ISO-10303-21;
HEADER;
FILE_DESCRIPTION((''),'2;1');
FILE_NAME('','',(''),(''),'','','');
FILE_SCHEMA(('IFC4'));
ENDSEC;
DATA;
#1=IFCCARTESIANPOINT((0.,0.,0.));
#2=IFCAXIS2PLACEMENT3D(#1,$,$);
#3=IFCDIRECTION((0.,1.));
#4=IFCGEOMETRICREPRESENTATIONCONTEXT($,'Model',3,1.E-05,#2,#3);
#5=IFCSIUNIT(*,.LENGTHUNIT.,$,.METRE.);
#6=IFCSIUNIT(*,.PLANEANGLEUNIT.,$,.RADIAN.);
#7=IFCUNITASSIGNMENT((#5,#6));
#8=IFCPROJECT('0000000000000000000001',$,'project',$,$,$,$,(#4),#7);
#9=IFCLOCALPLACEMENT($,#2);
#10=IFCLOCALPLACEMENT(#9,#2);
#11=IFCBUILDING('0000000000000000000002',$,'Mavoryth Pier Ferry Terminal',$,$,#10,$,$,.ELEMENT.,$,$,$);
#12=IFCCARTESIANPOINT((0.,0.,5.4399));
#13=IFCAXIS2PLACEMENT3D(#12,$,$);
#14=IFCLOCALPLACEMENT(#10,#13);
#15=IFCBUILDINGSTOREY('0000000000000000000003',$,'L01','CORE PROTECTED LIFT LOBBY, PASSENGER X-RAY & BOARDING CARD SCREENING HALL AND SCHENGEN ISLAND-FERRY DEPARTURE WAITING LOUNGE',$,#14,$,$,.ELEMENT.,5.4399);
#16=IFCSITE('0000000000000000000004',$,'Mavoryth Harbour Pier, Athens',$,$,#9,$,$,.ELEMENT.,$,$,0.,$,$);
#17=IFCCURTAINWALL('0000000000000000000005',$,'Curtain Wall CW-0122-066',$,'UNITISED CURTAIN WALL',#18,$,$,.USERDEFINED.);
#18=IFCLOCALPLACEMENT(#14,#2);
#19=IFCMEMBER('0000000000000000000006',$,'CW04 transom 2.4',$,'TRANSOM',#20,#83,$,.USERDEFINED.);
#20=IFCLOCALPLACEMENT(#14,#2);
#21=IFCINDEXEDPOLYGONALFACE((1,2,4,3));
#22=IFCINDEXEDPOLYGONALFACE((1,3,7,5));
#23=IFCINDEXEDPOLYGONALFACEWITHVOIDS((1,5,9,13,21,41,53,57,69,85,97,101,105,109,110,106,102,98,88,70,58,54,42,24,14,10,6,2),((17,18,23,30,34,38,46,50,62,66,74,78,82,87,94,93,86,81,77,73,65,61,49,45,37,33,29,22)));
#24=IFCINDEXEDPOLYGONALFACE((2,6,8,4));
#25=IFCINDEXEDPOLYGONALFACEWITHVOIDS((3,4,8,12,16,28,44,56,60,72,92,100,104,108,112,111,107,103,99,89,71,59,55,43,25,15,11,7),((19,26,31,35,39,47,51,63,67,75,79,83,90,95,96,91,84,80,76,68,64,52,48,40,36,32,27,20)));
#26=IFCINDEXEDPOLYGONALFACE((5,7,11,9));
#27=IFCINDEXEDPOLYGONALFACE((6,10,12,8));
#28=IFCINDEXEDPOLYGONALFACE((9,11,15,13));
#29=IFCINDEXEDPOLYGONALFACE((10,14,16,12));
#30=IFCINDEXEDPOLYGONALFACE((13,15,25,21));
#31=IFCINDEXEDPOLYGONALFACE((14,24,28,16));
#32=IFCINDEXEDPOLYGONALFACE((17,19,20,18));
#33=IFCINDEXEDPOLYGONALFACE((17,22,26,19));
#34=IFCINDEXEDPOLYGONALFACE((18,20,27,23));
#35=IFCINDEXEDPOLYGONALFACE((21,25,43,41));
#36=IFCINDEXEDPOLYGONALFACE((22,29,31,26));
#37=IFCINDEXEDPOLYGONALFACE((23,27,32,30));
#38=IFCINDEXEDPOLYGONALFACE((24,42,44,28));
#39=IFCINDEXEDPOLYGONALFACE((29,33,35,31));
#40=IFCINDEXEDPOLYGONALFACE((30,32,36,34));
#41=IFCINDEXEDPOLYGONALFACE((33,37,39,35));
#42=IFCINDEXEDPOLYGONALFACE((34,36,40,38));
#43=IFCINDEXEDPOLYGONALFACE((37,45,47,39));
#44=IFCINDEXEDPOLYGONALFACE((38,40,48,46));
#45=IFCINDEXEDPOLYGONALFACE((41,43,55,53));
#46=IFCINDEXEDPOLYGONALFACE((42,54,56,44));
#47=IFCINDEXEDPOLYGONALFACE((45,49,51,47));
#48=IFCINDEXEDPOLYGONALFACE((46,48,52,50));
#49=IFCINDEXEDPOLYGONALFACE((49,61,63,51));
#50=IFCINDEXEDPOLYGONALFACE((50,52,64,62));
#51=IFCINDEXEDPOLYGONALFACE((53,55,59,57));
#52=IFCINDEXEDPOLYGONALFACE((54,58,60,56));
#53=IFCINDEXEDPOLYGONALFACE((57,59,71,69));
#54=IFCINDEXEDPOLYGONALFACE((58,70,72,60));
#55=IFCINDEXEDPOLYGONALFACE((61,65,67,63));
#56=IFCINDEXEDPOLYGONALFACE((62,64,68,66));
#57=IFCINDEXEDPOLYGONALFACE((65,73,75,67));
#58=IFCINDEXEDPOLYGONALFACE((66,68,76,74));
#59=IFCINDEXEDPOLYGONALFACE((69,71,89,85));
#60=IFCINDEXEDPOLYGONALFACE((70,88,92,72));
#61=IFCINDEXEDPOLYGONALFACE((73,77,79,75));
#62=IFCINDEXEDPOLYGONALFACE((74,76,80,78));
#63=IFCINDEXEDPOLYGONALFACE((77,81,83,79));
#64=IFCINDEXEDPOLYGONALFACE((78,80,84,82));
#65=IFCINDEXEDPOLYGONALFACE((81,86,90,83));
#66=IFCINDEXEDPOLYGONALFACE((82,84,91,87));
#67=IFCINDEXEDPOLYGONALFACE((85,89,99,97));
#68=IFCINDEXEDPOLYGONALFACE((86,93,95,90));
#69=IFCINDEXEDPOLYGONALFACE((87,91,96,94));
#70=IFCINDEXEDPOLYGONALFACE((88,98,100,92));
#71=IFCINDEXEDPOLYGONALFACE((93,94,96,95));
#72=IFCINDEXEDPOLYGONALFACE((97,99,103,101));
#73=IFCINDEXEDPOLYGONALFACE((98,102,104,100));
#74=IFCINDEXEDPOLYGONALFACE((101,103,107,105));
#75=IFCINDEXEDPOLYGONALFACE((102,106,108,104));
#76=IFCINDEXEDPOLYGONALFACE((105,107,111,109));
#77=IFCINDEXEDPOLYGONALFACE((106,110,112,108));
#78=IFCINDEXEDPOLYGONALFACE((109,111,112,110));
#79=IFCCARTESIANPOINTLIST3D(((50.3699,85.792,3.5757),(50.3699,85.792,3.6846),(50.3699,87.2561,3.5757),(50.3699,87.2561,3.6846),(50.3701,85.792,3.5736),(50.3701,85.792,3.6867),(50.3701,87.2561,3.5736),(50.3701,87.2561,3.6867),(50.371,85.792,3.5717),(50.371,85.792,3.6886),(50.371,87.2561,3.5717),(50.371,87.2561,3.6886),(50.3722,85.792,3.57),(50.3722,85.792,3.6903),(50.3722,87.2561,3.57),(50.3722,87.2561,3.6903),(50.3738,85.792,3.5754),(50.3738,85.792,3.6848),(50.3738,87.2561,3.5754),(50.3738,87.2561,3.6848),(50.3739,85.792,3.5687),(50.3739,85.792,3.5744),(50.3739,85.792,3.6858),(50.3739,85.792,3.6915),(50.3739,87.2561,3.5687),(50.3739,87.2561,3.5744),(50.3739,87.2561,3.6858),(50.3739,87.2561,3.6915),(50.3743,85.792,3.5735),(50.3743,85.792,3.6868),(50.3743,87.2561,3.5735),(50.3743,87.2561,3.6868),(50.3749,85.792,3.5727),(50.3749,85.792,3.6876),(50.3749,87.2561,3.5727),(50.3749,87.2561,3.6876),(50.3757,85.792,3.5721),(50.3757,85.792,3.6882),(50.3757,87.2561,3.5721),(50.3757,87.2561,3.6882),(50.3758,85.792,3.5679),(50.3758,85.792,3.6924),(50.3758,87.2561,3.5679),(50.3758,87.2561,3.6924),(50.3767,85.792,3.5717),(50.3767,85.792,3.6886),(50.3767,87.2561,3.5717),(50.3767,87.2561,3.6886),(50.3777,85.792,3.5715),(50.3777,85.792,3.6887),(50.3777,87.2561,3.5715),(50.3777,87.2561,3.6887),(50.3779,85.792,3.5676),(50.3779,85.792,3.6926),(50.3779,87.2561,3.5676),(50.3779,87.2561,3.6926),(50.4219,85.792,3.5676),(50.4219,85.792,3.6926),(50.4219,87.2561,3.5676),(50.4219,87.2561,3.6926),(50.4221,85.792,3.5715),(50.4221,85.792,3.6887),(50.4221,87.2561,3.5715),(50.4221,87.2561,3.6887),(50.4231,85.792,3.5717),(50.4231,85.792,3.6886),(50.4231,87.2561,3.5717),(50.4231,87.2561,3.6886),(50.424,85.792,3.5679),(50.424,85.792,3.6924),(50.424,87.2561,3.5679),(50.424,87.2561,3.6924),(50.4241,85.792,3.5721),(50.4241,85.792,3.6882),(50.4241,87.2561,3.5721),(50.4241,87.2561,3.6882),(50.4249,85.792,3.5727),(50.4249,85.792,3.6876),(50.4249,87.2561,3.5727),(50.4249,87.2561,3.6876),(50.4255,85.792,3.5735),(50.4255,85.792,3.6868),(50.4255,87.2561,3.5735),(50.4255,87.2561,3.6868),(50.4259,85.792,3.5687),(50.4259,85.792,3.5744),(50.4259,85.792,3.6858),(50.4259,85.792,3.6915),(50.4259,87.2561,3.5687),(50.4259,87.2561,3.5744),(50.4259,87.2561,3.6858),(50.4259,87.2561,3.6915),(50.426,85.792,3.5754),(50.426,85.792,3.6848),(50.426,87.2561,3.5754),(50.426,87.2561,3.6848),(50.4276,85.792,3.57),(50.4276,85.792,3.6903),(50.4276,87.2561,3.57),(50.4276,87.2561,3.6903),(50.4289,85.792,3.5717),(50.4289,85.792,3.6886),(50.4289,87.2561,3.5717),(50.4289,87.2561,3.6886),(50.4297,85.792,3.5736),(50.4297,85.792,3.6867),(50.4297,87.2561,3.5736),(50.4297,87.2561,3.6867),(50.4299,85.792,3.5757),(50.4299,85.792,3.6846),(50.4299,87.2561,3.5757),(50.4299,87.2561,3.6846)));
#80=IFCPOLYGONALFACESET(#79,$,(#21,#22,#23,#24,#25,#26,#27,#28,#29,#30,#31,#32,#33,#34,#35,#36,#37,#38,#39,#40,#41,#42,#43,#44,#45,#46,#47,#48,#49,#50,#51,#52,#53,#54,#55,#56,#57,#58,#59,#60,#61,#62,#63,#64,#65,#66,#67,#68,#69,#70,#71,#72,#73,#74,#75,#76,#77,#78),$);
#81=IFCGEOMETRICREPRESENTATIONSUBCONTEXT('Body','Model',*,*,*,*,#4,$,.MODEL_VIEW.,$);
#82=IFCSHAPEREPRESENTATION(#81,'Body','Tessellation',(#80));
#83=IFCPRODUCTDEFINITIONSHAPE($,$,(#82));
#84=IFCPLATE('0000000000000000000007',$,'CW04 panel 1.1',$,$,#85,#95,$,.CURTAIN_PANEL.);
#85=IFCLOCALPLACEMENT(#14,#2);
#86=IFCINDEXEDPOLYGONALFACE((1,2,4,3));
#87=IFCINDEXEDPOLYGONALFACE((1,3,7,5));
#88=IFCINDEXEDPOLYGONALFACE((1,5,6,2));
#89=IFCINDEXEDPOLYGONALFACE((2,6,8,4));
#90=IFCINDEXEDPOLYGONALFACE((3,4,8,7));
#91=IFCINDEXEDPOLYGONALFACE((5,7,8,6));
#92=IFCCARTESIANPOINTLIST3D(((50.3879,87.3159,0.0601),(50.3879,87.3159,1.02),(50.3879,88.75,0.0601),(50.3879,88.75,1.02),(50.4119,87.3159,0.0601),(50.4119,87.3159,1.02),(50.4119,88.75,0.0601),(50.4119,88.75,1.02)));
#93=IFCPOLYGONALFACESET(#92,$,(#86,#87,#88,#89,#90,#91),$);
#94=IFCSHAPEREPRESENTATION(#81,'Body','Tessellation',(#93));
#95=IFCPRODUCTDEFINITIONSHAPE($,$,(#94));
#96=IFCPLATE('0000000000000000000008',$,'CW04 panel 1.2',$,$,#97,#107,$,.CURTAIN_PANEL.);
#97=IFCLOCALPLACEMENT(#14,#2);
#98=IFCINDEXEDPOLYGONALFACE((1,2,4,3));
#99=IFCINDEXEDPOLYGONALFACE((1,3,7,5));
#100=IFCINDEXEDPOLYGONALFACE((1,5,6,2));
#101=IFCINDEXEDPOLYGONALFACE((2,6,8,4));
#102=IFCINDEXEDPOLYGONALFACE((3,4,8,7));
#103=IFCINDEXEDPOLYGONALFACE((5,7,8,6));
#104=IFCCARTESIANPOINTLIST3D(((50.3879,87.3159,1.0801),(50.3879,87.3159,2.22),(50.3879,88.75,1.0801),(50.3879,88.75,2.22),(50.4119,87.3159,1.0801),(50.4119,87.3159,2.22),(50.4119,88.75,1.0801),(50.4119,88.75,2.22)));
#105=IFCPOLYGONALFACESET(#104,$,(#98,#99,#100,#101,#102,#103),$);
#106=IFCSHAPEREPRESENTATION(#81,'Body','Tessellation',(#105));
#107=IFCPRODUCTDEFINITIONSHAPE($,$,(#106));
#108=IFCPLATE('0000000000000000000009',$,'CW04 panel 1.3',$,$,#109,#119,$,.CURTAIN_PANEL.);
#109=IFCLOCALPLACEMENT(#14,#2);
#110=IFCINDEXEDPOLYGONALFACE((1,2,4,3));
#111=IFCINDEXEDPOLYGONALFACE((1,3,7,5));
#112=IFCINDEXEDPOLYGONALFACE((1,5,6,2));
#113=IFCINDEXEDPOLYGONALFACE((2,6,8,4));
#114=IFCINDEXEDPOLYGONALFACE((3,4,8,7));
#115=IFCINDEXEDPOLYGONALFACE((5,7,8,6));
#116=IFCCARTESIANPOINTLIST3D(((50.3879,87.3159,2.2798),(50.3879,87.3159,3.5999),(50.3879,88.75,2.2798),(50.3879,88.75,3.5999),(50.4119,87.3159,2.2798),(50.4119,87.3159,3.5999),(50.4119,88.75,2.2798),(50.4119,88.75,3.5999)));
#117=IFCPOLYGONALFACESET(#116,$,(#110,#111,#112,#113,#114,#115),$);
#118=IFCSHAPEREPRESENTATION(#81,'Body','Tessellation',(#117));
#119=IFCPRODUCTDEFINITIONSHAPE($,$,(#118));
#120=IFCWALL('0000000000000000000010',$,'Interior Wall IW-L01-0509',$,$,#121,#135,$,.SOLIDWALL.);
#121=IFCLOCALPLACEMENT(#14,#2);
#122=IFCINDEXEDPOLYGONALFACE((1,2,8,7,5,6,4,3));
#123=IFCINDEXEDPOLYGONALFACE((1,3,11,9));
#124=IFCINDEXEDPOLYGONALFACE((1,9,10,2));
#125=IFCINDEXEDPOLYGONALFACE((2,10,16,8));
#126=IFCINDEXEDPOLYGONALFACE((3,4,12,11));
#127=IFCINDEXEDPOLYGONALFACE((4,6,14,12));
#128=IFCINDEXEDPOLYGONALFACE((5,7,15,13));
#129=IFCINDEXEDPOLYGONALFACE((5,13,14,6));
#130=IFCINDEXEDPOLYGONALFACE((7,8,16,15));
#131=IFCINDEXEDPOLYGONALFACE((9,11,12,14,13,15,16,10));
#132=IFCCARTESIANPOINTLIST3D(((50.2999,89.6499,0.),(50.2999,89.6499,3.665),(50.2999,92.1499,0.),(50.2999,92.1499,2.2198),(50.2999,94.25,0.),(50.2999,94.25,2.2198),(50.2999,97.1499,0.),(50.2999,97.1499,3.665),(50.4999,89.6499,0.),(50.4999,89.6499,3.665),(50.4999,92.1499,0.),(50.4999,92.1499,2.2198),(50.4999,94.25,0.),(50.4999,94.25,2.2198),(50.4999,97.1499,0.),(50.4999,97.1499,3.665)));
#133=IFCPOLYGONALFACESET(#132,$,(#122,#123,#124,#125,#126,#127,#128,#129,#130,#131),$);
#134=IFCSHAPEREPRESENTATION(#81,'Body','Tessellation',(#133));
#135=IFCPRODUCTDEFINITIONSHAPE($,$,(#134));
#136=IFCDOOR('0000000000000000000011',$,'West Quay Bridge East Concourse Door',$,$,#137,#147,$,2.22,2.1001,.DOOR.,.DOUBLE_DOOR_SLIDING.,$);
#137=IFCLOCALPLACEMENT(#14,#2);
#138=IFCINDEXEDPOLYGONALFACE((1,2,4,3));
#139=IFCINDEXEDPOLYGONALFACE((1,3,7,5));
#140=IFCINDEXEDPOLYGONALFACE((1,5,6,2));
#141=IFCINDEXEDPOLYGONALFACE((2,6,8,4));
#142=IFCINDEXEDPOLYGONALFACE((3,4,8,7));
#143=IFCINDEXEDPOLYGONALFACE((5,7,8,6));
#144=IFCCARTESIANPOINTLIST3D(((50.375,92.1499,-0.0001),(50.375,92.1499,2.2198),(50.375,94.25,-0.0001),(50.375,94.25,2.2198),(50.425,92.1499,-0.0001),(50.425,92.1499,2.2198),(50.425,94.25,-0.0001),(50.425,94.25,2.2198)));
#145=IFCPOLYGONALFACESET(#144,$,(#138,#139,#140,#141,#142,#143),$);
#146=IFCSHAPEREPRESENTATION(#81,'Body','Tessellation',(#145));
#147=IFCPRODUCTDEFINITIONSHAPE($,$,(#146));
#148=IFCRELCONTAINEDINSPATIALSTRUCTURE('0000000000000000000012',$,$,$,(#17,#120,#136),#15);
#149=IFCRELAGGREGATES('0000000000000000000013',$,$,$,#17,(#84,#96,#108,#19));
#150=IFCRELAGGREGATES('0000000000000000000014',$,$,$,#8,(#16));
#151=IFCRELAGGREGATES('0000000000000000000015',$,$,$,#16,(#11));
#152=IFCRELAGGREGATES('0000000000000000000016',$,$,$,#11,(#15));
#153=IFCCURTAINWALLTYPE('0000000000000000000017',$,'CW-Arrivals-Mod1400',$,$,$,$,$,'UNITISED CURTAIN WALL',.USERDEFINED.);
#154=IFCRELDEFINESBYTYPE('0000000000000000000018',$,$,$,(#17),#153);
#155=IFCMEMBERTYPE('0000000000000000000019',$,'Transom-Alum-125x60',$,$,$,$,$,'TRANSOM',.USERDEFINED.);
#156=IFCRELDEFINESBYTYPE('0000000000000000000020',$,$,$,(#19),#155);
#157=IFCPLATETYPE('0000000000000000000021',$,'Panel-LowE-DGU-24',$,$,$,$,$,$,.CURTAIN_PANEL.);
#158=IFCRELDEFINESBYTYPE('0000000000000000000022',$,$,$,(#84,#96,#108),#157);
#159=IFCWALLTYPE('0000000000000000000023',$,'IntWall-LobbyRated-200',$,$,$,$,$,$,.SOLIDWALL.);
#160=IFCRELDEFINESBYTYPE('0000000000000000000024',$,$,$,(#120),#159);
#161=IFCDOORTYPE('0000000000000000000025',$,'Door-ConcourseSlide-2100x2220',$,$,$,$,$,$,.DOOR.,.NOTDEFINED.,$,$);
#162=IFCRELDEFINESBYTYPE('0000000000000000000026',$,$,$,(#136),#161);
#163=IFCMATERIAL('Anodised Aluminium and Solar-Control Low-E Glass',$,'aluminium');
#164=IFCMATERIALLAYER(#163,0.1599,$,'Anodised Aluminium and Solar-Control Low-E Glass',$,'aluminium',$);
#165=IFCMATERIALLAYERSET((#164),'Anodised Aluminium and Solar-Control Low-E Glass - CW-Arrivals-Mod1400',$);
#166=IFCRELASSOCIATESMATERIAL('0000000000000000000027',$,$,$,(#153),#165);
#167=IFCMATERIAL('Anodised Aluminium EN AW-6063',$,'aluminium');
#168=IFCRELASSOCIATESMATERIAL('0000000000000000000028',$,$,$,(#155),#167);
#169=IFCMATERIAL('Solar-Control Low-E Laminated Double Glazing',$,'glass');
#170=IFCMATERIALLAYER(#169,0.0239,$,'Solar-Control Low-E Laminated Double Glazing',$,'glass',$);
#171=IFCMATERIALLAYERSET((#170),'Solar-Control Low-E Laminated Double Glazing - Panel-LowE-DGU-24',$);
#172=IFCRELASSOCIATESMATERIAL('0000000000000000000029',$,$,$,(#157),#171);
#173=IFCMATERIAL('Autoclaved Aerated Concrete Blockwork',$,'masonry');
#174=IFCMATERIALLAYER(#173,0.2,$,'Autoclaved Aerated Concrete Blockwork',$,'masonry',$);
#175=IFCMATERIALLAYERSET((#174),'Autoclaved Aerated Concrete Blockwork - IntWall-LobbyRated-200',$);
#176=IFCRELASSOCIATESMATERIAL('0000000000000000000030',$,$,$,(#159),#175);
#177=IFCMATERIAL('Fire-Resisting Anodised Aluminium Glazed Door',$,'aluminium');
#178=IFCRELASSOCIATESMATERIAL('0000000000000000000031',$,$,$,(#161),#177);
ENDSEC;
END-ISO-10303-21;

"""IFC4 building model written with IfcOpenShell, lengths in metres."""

from ifc_helpers import new_model, si_unit, direction, frame, frame_2d, origin, origin_2d, place, context, subcontext, project, spatial, rectangle, hollow_rectangle, extrude, material, layer, layer_set, material_profile, profile_set, type_object, element, fill, aggregate, save


model = new_model("IFC4")

# Units and contexts
model_context = context("Model", 3, precision=1e-05, world=origin(), true_north=direction((0.0, 1.0)))
body_context = subcontext(model_context, "Body", "Model", "MODEL_VIEW")
ifc_project = project(units=[si_unit("LENGTHUNIT", "METRE"), si_unit("PLANEANGLEUNIT", "RADIAN")], contexts=[model_context])

# Site, building, storey
site_placement = place(None, origin())
site = spatial("IfcSite", under=ifc_project, at=site_placement, Name="Mavoryth Harbour Pier, Athens", CompositionType="ELEMENT", RefElevation=0.0)
building_placement = place(site_placement, origin())
building = spatial("IfcBuilding", under=site, at=building_placement, Name="Mavoryth Pier Ferry Terminal", CompositionType="ELEMENT")
storey_placement = place(building_placement, frame((0.0, 0.0, 5.4399)))
storey = spatial("IfcBuildingStorey", under=building, at=storey_placement, Name="L01", Description="CORE PROTECTED LIFT LOBBY, PASSENGER X-RAY & BOARDING CARD SCREENING HALL AND SCHENGEN ISLAND-FERRY DEPARTURE WAITING LOUNGE", CompositionType="ELEMENT", Elevation=5.4399)

# Curtain wall
ifc_material_1 = material(Name="Anodised Aluminium and Solar-Control Low-E Glass", Category="aluminium")
ifc_layer_1 = layer(ifc_material_1, 0.1599, Name="Anodised Aluminium and Solar-Control Low-E Glass", Category="aluminium")
ifc_layer_set_1 = layer_set([ifc_layer_1], Name="Anodised Aluminium and Solar-Control Low-E Glass - CW-Arrivals-Mod1400")
curtain_wall_type = type_object("IfcCurtainWallType", Name="CW-Arrivals-Mod1400", ElementType="UNITISED CURTAIN WALL", PredefinedType="USERDEFINED", material=ifc_layer_set_1)
curtain_wall_placement = place(storey_placement, origin())
curtain_wall = element("IfcCurtainWall", 1, at=curtain_wall_placement, inside=storey, type_object=curtain_wall_type, Name="Curtain Wall CW-0122-066", ObjectType="UNITISED CURTAIN WALL", PredefinedType="USERDEFINED")
ifc_material_2 = material(Name="Anodised Aluminium EN AW-6063", Category="aluminium")

# Member
ifc_material_profile_1 = material_profile(ifc_material_2, hollow_rectangle(XDim=0.0601, YDim=0.125, WallThickness=0.0039, InnerFilletRadius=0.0039, OuterFilletRadius=0.0081, at=origin_2d()), Name="AL-TRAN 125x60x4", Category="aluminium")
ifc_profile_set_1 = profile_set([ifc_material_profile_1], Name="Anodised Aluminium EN AW-6063 - AL-TRAN 125x60x4")
member_type_1 = type_object("IfcMemberType", Name="Transom-Alum-125x60", ElementType="TRANSOM", PredefinedType="USERDEFINED", material=ifc_profile_set_1)
member_1_placement = place(storey_placement, frame((50.3999, 87.2561, 3.6301), z_axis=(0.0, -1.0, 0.0), x_axis=(1.0, 0.0, 0.0)))
member_1 = element("IfcMember", 2, at=member_1_placement, type_object=member_type_1, Name="CW04 transom 2.4", ObjectType="TRANSOM", PredefinedType="USERDEFINED", context=body_context, shape_type="SweptSolid", body=[
    extrude(hollow_rectangle(XDim=0.0601, YDim=0.125, WallThickness=0.0039, InnerFilletRadius=0.0039, OuterFilletRadius=0.0081, at=origin_2d()), origin(), (0.0, 0.0, 1.0), 1.4641),
])

# Plates
ifc_material_3 = material(Name="Solar-Control Low-E Laminated Double Glazing", Category="glass")
ifc_layer_2 = layer(ifc_material_3, 0.0239, Name="Solar-Control Low-E Laminated Double Glazing", Category="glass")
ifc_layer_set_2 = layer_set([ifc_layer_2], Name="Solar-Control Low-E Laminated Double Glazing - Panel-LowE-DGU-24")
plate_type = type_object("IfcPlateType", Name="Panel-LowE-DGU-24", PredefinedType="CURTAIN_PANEL", material=ifc_layer_set_2)
plate_1_placement = place(storey_placement, frame((50.3999, 88.033, 0.0601), z_axis=(0.0, 0.0, 1.0), x_axis=(0.0, -1.0, 0.0)))
plate_1 = element("IfcPlate", 3, at=plate_1_placement, type_object=plate_type, Name="CW04 panel 1.1", PredefinedType="CURTAIN_PANEL", context=body_context, shape_type="SweptSolid", body=[
    extrude(rectangle(XDim=1.4341, YDim=0.0239, at=origin_2d()), origin(), (0.0, 0.0, 1.0), 0.96),
])
plate_2_placement = place(storey_placement, frame((50.3999, 88.033, 1.0801), z_axis=(0.0, 0.0, 1.0), x_axis=(0.0, -1.0, 0.0)))
plate_2 = element("IfcPlate", 4, at=plate_2_placement, type_object=plate_type, Name="CW04 panel 1.2", PredefinedType="CURTAIN_PANEL", context=body_context, shape_type="SweptSolid", body=[
    extrude(rectangle(XDim=1.4341, YDim=0.0239, at=origin_2d()), origin(), (0.0, 0.0, 1.0), 1.1399),
])
plate_3_placement = place(storey_placement, frame((50.3999, 88.033, 2.2798), z_axis=(0.0, 0.0, 1.0), x_axis=(0.0, -1.0, 0.0)))
plate_3 = element("IfcPlate", 5, at=plate_3_placement, type_object=plate_type, Name="CW04 panel 1.3", PredefinedType="CURTAIN_PANEL", context=body_context, shape_type="SweptSolid", body=[
    extrude(rectangle(XDim=1.4341, YDim=0.0239, at=origin_2d()), origin(), (0.0, 0.0, 1.0), 1.3201),
])
aggregate(curtain_wall, [plate_1, plate_2, plate_3, member_1])

# Wall, opening, door
ifc_material_4 = material(Name="Autoclaved Aerated Concrete Blockwork", Category="masonry")
ifc_layer_3 = layer(ifc_material_4, 0.2, Name="Autoclaved Aerated Concrete Blockwork", Category="masonry")
ifc_layer_set_3 = layer_set([ifc_layer_3], Name="Autoclaved Aerated Concrete Blockwork - IntWall-LobbyRated-200")
wall_type = type_object("IfcWallType", Name="IntWall-LobbyRated-200", PredefinedType="SOLIDWALL", material=ifc_layer_set_3)
wall_placement = place(storey_placement, frame((50.3999, 89.6499, 0.0), z_axis=(0.0, 0.0, 1.0), x_axis=(0.0, 1.0, 0.0)))
wall = element("IfcWall", 6, at=wall_placement, inside=storey, type_object=wall_type, Name="Interior Wall IW-L01-0509", PredefinedType="SOLIDWALL", context=body_context, shape_type="SweptSolid", body=[
    extrude(rectangle(XDim=7.5, YDim=0.2, at=frame_2d((3.75, 0.0))), origin(), (0.0, 0.0, 1.0), 3.665),
])
opening_placement = place(wall_placement, frame((2.5, 0.0, 0.0)))
opening = element("IfcOpeningElement", 7, at=opening_placement, cuts=wall, PredefinedType="OPENING", context=body_context, shape_type="SweptSolid", body=[
    extrude(rectangle(XDim=2.1001, YDim=2.22, at=frame_2d((1.05, 1.1099))), frame((0.0, 0.1099, 0.0), z_axis=(0.0, -1.0, 0.0), x_axis=(1.0, 0.0, 0.0)), (0.0, 0.0, 1.0), 0.22),
])
ifc_material_5 = material(Name="Fire-Resisting Anodised Aluminium Glazed Door", Category="aluminium")
door_type = type_object("IfcDoorType", Name="Door-ConcourseSlide-2100x2220", OperationType="NOTDEFINED", PredefinedType="DOOR", material=ifc_material_5)
door_placement = place(opening_placement, origin())
door = element("IfcDoor", 8, at=door_placement, inside=storey, type_object=door_type, Name="West Quay Bridge East Concourse Door", OperationType="DOUBLE_DOOR_SLIDING", OverallHeight=2.22, OverallWidth=2.1001, PredefinedType="DOOR", context=body_context, shape_type="SweptSolid", body=[
    extrude(rectangle(XDim=2.1001, YDim=2.22, at=frame_2d((1.05, 1.1099))), frame((0.0, 0.0249, 0.0), z_axis=(0.0, -1.0, 0.0), x_axis=(1.0, 0.0, 0.0)), (0.0, 0.0, 1.0), 0.05),
])
fill(opening, door)

save(model, "model.ifc")
